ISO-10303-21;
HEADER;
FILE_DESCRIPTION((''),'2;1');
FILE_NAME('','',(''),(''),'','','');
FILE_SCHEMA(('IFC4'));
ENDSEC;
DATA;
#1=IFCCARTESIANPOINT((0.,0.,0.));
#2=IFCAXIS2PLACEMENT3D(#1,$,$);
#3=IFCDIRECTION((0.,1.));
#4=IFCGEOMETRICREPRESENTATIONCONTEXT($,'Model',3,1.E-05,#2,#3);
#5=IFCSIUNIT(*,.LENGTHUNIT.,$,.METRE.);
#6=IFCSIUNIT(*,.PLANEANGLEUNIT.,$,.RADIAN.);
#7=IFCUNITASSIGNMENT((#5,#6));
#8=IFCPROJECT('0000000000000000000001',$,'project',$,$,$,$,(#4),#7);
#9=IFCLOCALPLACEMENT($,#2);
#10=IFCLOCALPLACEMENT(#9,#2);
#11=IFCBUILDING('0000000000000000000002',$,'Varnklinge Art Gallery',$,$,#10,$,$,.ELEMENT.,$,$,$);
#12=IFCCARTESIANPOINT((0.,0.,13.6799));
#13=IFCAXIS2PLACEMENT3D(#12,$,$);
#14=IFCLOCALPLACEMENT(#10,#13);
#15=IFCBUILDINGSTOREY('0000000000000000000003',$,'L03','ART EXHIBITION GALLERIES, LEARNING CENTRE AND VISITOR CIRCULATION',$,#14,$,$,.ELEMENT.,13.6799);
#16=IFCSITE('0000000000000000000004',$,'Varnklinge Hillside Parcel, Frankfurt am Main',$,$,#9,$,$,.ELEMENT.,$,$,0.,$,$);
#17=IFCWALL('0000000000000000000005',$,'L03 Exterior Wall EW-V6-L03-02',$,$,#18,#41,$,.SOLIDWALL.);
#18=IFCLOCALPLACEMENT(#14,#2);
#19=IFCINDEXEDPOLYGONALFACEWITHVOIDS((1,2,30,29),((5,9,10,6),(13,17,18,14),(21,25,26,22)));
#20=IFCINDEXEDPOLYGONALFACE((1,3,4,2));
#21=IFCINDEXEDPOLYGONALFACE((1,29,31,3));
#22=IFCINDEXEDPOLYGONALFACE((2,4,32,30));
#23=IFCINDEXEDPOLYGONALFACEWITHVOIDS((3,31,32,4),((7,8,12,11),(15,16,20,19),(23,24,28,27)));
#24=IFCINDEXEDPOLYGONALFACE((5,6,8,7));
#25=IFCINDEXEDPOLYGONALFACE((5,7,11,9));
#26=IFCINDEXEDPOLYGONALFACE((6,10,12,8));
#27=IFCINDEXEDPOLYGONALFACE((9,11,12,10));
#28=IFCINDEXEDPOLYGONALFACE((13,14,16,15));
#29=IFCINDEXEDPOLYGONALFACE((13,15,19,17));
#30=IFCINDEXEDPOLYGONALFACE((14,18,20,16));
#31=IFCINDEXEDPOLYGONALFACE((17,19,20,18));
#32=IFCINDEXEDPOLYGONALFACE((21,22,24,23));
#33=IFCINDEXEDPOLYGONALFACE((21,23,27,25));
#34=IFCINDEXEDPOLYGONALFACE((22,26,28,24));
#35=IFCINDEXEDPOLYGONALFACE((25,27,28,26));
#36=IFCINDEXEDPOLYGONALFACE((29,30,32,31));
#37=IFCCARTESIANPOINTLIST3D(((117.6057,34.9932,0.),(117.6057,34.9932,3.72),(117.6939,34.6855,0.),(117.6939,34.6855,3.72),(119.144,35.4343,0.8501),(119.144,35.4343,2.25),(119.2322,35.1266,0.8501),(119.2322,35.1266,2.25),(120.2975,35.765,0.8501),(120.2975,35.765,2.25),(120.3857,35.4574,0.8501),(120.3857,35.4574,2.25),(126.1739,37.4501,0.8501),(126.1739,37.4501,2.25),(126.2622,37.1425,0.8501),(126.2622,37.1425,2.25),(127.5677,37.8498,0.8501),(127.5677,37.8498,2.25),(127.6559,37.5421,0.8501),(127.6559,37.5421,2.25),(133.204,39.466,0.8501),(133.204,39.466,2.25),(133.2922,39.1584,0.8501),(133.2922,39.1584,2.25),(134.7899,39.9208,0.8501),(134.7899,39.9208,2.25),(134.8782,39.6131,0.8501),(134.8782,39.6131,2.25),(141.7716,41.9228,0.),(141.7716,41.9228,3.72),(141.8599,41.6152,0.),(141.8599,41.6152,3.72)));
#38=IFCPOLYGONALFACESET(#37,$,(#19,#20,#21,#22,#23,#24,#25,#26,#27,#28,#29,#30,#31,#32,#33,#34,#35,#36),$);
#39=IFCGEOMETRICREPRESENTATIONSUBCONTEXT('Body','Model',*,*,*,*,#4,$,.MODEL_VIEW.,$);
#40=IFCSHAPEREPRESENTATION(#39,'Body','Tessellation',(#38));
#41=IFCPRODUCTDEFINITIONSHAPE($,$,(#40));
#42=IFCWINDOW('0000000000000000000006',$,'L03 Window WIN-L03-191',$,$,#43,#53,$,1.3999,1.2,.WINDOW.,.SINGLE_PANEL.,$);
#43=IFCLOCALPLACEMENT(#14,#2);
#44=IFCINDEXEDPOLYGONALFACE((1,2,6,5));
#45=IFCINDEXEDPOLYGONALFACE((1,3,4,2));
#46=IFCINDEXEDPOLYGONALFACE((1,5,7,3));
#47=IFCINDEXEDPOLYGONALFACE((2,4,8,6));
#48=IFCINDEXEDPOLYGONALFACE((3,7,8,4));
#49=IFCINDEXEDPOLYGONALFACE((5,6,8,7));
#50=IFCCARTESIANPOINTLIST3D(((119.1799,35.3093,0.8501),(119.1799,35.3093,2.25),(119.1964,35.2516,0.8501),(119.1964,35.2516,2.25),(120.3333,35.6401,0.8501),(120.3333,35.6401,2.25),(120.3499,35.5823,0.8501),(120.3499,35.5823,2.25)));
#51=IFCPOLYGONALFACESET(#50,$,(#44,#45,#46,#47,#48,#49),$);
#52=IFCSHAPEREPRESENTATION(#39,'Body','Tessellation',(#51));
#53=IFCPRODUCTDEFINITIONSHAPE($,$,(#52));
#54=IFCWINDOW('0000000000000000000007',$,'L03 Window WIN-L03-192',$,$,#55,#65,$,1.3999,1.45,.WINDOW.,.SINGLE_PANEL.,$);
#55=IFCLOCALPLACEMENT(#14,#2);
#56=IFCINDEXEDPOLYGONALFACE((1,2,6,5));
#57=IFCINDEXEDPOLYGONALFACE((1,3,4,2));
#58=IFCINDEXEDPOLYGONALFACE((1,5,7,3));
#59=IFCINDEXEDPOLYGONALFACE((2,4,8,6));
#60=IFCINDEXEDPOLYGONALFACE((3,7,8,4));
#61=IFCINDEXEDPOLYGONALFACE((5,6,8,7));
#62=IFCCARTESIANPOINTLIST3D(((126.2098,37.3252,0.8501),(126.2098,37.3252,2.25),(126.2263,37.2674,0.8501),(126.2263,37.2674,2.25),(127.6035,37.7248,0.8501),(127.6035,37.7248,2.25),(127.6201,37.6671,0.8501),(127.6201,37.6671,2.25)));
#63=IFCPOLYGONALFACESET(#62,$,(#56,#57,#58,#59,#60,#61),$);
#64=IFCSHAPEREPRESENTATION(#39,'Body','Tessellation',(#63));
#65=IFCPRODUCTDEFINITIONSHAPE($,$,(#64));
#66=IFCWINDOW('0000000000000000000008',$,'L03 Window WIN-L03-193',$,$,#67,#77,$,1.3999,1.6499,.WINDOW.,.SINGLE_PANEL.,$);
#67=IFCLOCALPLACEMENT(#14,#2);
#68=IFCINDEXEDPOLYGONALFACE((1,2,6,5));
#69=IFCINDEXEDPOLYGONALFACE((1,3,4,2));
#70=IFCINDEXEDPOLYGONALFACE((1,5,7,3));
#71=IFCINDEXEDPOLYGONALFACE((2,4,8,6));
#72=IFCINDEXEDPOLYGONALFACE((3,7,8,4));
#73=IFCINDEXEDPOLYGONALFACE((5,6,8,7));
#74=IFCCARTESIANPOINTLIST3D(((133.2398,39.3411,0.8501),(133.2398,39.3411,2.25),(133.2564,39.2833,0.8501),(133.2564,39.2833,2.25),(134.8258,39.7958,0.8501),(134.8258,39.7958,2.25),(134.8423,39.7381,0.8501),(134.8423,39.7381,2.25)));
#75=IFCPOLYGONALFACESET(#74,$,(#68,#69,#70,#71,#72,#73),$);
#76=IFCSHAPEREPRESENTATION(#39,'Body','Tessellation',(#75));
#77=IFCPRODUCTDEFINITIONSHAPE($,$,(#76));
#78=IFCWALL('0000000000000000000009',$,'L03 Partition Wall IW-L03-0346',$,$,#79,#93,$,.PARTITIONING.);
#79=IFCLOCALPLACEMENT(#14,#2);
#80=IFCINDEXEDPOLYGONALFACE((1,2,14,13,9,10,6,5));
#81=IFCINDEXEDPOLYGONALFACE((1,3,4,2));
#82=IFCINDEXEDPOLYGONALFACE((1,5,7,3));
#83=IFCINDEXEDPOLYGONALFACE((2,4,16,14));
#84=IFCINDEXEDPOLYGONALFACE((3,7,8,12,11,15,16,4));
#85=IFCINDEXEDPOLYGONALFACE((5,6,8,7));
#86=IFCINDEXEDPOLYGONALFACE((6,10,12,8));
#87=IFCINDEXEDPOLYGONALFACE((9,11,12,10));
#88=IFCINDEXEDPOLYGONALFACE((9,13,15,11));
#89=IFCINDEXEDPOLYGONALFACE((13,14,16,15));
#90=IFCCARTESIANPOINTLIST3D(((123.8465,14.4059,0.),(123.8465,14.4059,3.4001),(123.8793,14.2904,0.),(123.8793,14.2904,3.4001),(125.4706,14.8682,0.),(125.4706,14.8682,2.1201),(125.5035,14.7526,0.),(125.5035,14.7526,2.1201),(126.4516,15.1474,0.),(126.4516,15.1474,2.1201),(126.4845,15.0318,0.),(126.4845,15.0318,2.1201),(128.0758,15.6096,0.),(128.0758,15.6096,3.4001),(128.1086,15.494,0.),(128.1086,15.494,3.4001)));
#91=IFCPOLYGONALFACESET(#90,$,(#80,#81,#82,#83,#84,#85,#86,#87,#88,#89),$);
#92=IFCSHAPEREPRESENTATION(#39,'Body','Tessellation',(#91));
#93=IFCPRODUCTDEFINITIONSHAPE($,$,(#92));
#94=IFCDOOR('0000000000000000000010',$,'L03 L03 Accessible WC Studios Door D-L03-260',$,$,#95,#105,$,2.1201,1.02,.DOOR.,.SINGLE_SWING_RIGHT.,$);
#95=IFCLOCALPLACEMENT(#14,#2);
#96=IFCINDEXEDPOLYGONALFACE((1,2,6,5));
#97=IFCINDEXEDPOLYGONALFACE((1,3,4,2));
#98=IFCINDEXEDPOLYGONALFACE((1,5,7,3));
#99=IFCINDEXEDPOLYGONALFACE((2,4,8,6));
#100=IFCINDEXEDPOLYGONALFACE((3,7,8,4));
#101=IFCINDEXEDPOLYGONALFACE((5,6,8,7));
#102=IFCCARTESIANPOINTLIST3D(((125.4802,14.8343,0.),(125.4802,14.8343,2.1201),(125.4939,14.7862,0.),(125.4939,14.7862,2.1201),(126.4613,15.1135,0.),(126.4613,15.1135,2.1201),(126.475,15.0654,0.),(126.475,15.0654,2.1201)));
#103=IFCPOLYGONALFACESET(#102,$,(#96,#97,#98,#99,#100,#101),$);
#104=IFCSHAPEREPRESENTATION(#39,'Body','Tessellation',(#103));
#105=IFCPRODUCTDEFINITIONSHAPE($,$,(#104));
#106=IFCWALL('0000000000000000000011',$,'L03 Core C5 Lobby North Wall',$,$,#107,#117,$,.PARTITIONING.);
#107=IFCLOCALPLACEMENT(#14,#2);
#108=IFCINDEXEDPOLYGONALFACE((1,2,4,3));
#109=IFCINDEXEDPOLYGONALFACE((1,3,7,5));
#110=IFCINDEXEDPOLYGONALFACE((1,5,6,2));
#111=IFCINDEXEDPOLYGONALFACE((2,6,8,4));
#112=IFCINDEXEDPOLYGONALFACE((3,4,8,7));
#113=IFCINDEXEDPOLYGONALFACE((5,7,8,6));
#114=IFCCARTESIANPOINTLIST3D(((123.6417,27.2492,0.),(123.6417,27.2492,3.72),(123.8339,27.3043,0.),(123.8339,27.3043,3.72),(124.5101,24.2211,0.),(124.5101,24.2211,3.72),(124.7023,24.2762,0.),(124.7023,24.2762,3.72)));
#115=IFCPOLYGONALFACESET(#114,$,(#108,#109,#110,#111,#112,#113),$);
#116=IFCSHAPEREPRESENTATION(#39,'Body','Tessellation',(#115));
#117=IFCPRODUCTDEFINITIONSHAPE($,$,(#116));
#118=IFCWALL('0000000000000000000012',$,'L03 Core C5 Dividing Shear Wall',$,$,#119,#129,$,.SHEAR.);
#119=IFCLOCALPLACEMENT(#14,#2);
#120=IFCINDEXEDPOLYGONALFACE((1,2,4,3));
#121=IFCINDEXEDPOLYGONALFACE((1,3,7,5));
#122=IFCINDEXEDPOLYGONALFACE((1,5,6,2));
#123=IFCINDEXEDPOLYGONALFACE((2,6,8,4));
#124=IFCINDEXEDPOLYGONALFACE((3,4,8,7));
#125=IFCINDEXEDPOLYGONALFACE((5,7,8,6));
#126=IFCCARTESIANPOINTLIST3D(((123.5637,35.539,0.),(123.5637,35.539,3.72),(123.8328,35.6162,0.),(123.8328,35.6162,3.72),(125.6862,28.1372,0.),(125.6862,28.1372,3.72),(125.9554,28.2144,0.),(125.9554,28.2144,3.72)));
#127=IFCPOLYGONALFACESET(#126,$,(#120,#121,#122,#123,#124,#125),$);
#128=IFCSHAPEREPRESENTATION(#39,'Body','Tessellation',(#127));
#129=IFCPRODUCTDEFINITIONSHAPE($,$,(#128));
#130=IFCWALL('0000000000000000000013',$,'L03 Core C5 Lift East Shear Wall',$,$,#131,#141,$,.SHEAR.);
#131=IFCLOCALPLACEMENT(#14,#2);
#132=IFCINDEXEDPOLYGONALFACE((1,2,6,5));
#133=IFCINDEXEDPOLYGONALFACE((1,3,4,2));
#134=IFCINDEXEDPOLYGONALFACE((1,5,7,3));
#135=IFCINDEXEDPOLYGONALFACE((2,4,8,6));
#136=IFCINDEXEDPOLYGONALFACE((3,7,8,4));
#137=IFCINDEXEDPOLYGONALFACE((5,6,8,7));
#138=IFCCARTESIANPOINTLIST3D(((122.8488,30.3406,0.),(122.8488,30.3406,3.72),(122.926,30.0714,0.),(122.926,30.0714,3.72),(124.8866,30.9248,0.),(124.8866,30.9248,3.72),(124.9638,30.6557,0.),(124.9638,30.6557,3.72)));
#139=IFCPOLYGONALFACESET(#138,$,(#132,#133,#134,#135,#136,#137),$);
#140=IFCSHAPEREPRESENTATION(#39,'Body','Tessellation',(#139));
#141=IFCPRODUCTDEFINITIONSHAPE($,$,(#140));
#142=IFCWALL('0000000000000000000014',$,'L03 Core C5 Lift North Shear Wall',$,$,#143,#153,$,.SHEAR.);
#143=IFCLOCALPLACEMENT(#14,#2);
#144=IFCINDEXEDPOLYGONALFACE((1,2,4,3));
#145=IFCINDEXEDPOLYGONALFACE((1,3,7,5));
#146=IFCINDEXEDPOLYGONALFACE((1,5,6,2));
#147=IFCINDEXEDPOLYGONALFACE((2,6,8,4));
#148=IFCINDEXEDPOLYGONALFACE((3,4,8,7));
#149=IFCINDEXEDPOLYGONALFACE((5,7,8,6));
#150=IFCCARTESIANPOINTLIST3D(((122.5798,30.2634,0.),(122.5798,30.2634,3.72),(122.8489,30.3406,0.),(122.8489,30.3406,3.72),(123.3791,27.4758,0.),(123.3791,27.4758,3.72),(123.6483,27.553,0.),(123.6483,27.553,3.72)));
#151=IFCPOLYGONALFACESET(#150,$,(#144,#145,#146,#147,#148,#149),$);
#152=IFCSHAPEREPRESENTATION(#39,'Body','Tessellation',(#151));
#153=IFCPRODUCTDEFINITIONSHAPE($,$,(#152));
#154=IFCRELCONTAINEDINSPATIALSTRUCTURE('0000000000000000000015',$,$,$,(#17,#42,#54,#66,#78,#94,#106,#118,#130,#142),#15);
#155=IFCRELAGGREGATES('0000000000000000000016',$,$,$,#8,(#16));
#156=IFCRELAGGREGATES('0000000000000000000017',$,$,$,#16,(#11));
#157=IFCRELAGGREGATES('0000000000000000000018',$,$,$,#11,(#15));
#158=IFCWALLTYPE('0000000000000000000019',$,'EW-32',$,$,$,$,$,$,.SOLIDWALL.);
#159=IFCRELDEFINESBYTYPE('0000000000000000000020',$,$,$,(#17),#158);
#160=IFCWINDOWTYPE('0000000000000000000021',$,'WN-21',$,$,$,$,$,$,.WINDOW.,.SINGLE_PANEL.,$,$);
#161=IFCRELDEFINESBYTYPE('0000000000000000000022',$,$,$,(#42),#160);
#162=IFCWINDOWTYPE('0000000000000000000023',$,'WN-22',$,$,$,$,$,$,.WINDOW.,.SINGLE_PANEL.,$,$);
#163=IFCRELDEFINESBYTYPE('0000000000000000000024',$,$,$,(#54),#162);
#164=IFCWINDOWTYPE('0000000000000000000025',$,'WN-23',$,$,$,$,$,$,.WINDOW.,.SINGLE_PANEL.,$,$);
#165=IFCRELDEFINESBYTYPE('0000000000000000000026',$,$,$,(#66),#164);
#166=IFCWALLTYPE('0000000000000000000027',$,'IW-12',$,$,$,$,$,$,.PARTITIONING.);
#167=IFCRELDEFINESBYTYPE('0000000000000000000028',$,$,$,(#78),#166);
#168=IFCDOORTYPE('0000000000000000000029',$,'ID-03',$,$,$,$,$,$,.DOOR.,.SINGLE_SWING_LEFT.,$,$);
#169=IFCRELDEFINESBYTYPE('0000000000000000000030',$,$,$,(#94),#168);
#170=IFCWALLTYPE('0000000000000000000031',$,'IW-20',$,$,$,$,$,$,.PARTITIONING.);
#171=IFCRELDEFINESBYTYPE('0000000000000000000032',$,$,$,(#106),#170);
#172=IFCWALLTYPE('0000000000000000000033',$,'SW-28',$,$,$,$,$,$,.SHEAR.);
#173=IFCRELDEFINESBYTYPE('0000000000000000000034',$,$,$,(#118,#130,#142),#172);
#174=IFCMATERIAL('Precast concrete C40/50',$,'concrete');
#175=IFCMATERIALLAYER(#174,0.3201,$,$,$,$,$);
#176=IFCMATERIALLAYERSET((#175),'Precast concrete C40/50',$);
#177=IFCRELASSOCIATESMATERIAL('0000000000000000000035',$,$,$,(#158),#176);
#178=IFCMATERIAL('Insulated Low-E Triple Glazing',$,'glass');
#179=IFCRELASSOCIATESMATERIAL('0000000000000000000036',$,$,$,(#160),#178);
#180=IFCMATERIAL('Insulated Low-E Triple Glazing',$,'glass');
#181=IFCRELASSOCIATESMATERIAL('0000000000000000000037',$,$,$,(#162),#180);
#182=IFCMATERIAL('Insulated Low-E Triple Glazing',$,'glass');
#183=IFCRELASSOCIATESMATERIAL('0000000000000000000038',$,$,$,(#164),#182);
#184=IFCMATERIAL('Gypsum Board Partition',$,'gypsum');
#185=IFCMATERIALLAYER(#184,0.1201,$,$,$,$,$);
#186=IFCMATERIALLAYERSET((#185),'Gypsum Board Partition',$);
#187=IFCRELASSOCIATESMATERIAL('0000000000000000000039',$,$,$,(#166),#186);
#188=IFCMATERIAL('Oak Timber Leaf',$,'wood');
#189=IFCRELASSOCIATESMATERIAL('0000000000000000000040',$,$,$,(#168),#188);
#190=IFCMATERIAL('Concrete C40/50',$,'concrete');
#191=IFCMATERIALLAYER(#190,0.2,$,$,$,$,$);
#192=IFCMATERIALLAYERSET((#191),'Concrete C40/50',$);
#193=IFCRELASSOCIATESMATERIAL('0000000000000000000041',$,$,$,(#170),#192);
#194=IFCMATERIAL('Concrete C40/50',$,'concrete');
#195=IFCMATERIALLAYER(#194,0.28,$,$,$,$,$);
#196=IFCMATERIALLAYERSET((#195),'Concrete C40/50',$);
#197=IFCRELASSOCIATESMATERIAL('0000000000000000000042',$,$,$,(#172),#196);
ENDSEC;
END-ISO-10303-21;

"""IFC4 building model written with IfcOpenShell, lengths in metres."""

from ifc_helpers import new_model, si_unit, direction, frame, frame_2d, origin, place, context, subcontext, project, spatial, rectangle, extrude, material, layer, layer_set, type_object, element, fill, save


model = new_model("IFC4")

# Units and contexts
model_context = context("Model", 3, precision=1e-05, world=origin(), true_north=direction((0.0, 1.0)))
body_context = subcontext(model_context, "Body", "Model", "MODEL_VIEW")
ifc_project = project(units=[si_unit("LENGTHUNIT", "METRE"), si_unit("PLANEANGLEUNIT", "RADIAN")], contexts=[model_context])

# Site, building, storey
site_placement = place(None, origin())
site = spatial("IfcSite", under=ifc_project, at=site_placement, Name="Varnklinge Hillside Parcel, Frankfurt am Main", CompositionType="ELEMENT", RefElevation=0.0)
building_placement = place(site_placement, origin())
building = spatial("IfcBuilding", under=site, at=building_placement, Name="Varnklinge Art Gallery", CompositionType="ELEMENT")
storey_placement = place(building_placement, frame((0.0, 0.0, 13.6799)))
storey = spatial("IfcBuildingStorey", under=building, at=storey_placement, Name="L03", Description="ART EXHIBITION GALLERIES, LEARNING CENTRE AND VISITOR CIRCULATION", CompositionType="ELEMENT", Elevation=13.6799)

# Wall, openings, windows
ifc_material_1 = material(Name="Precast concrete C40/50", Category="concrete")
ifc_layer_1 = layer(ifc_material_1, 0.3201)
ifc_layer_set_1 = layer_set([ifc_layer_1], Name="Precast concrete C40/50")
wall_type_1 = type_object("IfcWallType", Name="EW-32", PredefinedType="SOLIDWALL", material=ifc_layer_set_1)
ifc_material_2 = material(Name="Insulated Low-E Triple Glazing", Category="glass")
window_type_1 = type_object("IfcWindowType", Name="WN-21", PartitioningType="SINGLE_PANEL", PredefinedType="WINDOW", material=ifc_material_2)
wall_1_placement = place(storey_placement, frame((117.6499, 34.8394, 0.0), z_axis=(0.0, 0.0, 1.0), x_axis=(0.96126, 0.275644, 0.0)))
wall_1 = element("IfcWall", 1, at=wall_1_placement, inside=storey, type_object=wall_type_1, Name="L03 Exterior Wall EW-V6-L03-02", PredefinedType="SOLIDWALL", context=body_context, shape_type="SweptSolid", body=[
    extrude(rectangle(XDim=25.1399, YDim=0.3201, at=frame_2d((12.5698, 0.0))), origin(), (0.0, 0.0, 1.0), 3.72),
])
opening_1_placement = place(wall_1_placement, frame((1.6001, 0.0, 0.8501)))
opening_1 = element("IfcOpeningElement", 2, at=opening_1_placement, cuts=wall_1, PredefinedType="OPENING", context=body_context, shape_type="SweptSolid", body=[
    extrude(rectangle(XDim=1.2, YDim=1.3999, at=frame_2d((0.6001, 0.7))), frame((0.0, 0.1702, 0.0), z_axis=(0.0, -1.0, 0.0), x_axis=(1.0, 0.0, 0.0)), (0.0, 0.0, 1.0), 0.3401),
])
opening_2_placement = place(wall_1_placement, frame((8.9133, 0.0, 0.8501)))
opening_2 = element("IfcOpeningElement", 3, at=opening_2_placement, cuts=wall_1, PredefinedType="OPENING", context=body_context, shape_type="SweptSolid", body=[
    extrude(rectangle(XDim=1.45, YDim=1.3999, at=frame_2d((0.7251, 0.7))), frame((0.0, 0.1702, 0.0), z_axis=(0.0, -1.0, 0.0), x_axis=(1.0, 0.0, 0.0)), (0.0, 0.0, 1.0), 0.3401),
])
opening_3_placement = place(wall_1_placement, frame((16.2268, 0.0, 0.8501)))
opening_3 = element("IfcOpeningElement", 4, at=opening_3_placement, cuts=wall_1, PredefinedType="OPENING", context=body_context, shape_type="SweptSolid", body=[
    extrude(rectangle(XDim=1.6499, YDim=1.3999, at=frame_2d((0.825, 0.7))), frame((0.0, 0.1702, 0.0), z_axis=(0.0, -1.0, 0.0), x_axis=(1.0, 0.0, 0.0)), (0.0, 0.0, 1.0), 0.3401),
])
window_1_placement = place(opening_1_placement, origin())
window_1 = element("IfcWindow", 5, at=window_1_placement, inside=storey, type_object=window_type_1, Name="L03 Window WIN-L03-191", OverallHeight=1.3999, OverallWidth=1.2, PartitioningType="SINGLE_PANEL", PredefinedType="WINDOW", context=body_context, shape_type="SweptSolid", body=[
    extrude(rectangle(XDim=1.2, YDim=1.3999, at=frame_2d((0.6001, 0.7))), frame((0.0, 0.03, 0.0), z_axis=(0.0, -1.0, 0.0), x_axis=(1.0, 0.0, 0.0)), (0.0, 0.0, 1.0), 0.0601),
])
fill(opening_1, window_1)
ifc_material_3 = material(Name="Insulated Low-E Triple Glazing", Category="glass")
window_type_2 = type_object("IfcWindowType", Name="WN-22", PartitioningType="SINGLE_PANEL", PredefinedType="WINDOW", material=ifc_material_3)
window_2_placement = place(opening_2_placement, origin())
window_2 = element("IfcWindow", 6, at=window_2_placement, inside=storey, type_object=window_type_2, Name="L03 Window WIN-L03-192", OverallHeight=1.3999, OverallWidth=1.45, PartitioningType="SINGLE_PANEL", PredefinedType="WINDOW", context=body_context, shape_type="SweptSolid", body=[
    extrude(rectangle(XDim=1.45, YDim=1.3999, at=frame_2d((0.7251, 0.7))), frame((0.0, 0.03, 0.0), z_axis=(0.0, -1.0, 0.0), x_axis=(1.0, 0.0, 0.0)), (0.0, 0.0, 1.0), 0.0601),
])
fill(opening_2, window_2)
ifc_material_4 = material(Name="Insulated Low-E Triple Glazing", Category="glass")
window_type_3 = type_object("IfcWindowType", Name="WN-23", PartitioningType="SINGLE_PANEL", PredefinedType="WINDOW", material=ifc_material_4)
window_3_placement = place(opening_3_placement, origin())
window_3 = element("IfcWindow", 7, at=window_3_placement, inside=storey, type_object=window_type_3, Name="L03 Window WIN-L03-193", OverallHeight=1.3999, OverallWidth=1.6499, PartitioningType="SINGLE_PANEL", PredefinedType="WINDOW", context=body_context, shape_type="SweptSolid", body=[
    extrude(rectangle(XDim=1.6499, YDim=1.3999, at=frame_2d((0.825, 0.7))), frame((0.0, 0.03, 0.0), z_axis=(0.0, -1.0, 0.0), x_axis=(1.0, 0.0, 0.0)), (0.0, 0.0, 1.0), 0.0601),
])
fill(opening_3, window_3)

# Wall, opening, door
ifc_material_5 = material(Name="Gypsum Board Partition", Category="gypsum")
ifc_layer_2 = layer(ifc_material_5, 0.1201)
ifc_layer_set_2 = layer_set([ifc_layer_2], Name="Gypsum Board Partition")
wall_type_2 = type_object("IfcWallType", Name="IW-12", PredefinedType="PARTITIONING", material=ifc_layer_set_2)
wall_2_placement = place(storey_placement, frame((123.8628, 14.3481, 0.0), z_axis=(0.0, 0.0, 1.0), x_axis=(0.961808, 0.273724, 0.0)))
wall_2 = element("IfcWall", 8, at=wall_2_placement, inside=storey, type_object=wall_type_2, Name="L03 Partition Wall IW-L03-0346", PredefinedType="PARTITIONING", context=body_context, shape_type="SweptSolid", body=[
    extrude(rectangle(XDim=4.3972, YDim=0.1201, at=frame_2d((2.1987, 0.0))), origin(), (0.0, 0.0, 1.0), 3.4001),
])
opening_4_placement = place(wall_2_placement, frame((1.6887, 0.0, 0.0)))
opening_4 = element("IfcOpeningElement", 9, at=opening_4_placement, cuts=wall_2, PredefinedType="OPENING", context=body_context, shape_type="SweptSolid", body=[
    extrude(rectangle(XDim=1.02, YDim=2.1201, at=frame_2d((0.51, 1.0601))), frame((0.0, 0.0701, 0.0), z_axis=(0.0, -1.0, 0.0), x_axis=(1.0, 0.0, 0.0)), (0.0, 0.0, 1.0), 0.1401),
])
ifc_material_6 = material(Name="Oak Timber Leaf", Category="wood")
door_type_1 = type_object("IfcDoorType", Name="ID-03", OperationType="SINGLE_SWING_LEFT", PredefinedType="DOOR", material=ifc_material_6)
door_1_placement = place(opening_4_placement, origin())
door_1 = element("IfcDoor", 10, at=door_1_placement, inside=storey, type_object=door_type_1, Name="L03 L03 Accessible WC Studios Door D-L03-260", OperationType="SINGLE_SWING_RIGHT", OverallHeight=2.1201, OverallWidth=1.02, PredefinedType="DOOR", context=body_context, shape_type="SweptSolid", body=[
    extrude(rectangle(XDim=1.02, YDim=2.1201, at=frame_2d((0.51, 1.0601))), frame((0.0, 0.0249, 0.0), z_axis=(0.0, -1.0, 0.0), x_axis=(1.0, 0.0, 0.0)), (0.0, 0.0, 1.0), 0.05),
])
fill(opening_4, door_1)

# Walls
ifc_material_7 = material(Name="Concrete C40/50", Category="concrete")
ifc_layer_3 = layer(ifc_material_7, 0.2)
ifc_layer_set_3 = layer_set([ifc_layer_3], Name="Concrete C40/50")
wall_type_3 = type_object("IfcWallType", Name="IW-20", PredefinedType="PARTITIONING", material=ifc_layer_set_3)
wall_3_placement = place(storey_placement, frame((123.7378, 27.2769, 0.0), z_axis=(0.0, 0.0, 1.0), x_axis=(0.275673, -0.961251, 0.0)))
element("IfcWall", 11, at=wall_3_placement, inside=storey, type_object=wall_type_3, Name="L03 Core C5 Lobby North Wall", PredefinedType="PARTITIONING", context=body_context, shape_type="SweptSolid", body=[
    extrude(rectangle(XDim=3.1501, YDim=0.2, at=frame_2d((1.5752, 0.0))), origin(), (0.0, 0.0, 1.0), 3.72),
])
ifc_material_8 = material(Name="Concrete C40/50", Category="concrete")
ifc_layer_4 = layer(ifc_material_8, 0.28)
ifc_layer_set_4 = layer_set([ifc_layer_4], Name="Concrete C40/50")
wall_type_4 = type_object("IfcWallType", Name="SW-28", PredefinedType="SHEAR", material=ifc_layer_set_4)
wall_4_placement = place(storey_placement, frame((123.6982, 35.5776, 0.0), z_axis=(0.0, 0.0, 1.0), x_axis=(0.275651, -0.961258, 0.0)))
element("IfcWall", 12, at=wall_4_placement, inside=storey, type_object=wall_type_4, Name="L03 Core C5 Dividing Shear Wall", PredefinedType="SHEAR", context=body_context, shape_type="SweptSolid", body=[
    extrude(rectangle(XDim=7.7002, YDim=0.28, at=frame_2d((3.8501, 0.0))), origin(), (0.0, 0.0, 1.0), 3.72),
])
wall_5_placement = place(storey_placement, frame((124.9253, 30.7903, 0.0), z_axis=(0.0, 0.0, 1.0), x_axis=(-0.961276, -0.275588, 0.0)))
element("IfcWall", 13, at=wall_5_placement, inside=storey, type_object=wall_type_4, Name="L03 Core C5 Lift East Shear Wall", PredefinedType="SHEAR", context=body_context, shape_type="SweptSolid", body=[
    extrude(rectangle(XDim=2.1199, YDim=0.28, at=frame_2d((1.0601, 0.0))), origin(), (0.0, 0.0, 1.0), 3.72),
])
wall_6_placement = place(storey_placement, frame((122.7144, 30.302, 0.0), z_axis=(0.0, 0.0, 1.0), x_axis=(0.275633, -0.961263, 0.0)))
element("IfcWall", 14, at=wall_6_placement, inside=storey, type_object=wall_type_4, Name="L03 Core C5 Lift North Shear Wall", PredefinedType="SHEAR", context=body_context, shape_type="SweptSolid", body=[
    extrude(rectangle(XDim=2.8999, YDim=0.28, at=frame_2d((1.45, 0.0))), origin(), (0.0, 0.0, 1.0), 3.72),
])

save(model, "model.ifc")
